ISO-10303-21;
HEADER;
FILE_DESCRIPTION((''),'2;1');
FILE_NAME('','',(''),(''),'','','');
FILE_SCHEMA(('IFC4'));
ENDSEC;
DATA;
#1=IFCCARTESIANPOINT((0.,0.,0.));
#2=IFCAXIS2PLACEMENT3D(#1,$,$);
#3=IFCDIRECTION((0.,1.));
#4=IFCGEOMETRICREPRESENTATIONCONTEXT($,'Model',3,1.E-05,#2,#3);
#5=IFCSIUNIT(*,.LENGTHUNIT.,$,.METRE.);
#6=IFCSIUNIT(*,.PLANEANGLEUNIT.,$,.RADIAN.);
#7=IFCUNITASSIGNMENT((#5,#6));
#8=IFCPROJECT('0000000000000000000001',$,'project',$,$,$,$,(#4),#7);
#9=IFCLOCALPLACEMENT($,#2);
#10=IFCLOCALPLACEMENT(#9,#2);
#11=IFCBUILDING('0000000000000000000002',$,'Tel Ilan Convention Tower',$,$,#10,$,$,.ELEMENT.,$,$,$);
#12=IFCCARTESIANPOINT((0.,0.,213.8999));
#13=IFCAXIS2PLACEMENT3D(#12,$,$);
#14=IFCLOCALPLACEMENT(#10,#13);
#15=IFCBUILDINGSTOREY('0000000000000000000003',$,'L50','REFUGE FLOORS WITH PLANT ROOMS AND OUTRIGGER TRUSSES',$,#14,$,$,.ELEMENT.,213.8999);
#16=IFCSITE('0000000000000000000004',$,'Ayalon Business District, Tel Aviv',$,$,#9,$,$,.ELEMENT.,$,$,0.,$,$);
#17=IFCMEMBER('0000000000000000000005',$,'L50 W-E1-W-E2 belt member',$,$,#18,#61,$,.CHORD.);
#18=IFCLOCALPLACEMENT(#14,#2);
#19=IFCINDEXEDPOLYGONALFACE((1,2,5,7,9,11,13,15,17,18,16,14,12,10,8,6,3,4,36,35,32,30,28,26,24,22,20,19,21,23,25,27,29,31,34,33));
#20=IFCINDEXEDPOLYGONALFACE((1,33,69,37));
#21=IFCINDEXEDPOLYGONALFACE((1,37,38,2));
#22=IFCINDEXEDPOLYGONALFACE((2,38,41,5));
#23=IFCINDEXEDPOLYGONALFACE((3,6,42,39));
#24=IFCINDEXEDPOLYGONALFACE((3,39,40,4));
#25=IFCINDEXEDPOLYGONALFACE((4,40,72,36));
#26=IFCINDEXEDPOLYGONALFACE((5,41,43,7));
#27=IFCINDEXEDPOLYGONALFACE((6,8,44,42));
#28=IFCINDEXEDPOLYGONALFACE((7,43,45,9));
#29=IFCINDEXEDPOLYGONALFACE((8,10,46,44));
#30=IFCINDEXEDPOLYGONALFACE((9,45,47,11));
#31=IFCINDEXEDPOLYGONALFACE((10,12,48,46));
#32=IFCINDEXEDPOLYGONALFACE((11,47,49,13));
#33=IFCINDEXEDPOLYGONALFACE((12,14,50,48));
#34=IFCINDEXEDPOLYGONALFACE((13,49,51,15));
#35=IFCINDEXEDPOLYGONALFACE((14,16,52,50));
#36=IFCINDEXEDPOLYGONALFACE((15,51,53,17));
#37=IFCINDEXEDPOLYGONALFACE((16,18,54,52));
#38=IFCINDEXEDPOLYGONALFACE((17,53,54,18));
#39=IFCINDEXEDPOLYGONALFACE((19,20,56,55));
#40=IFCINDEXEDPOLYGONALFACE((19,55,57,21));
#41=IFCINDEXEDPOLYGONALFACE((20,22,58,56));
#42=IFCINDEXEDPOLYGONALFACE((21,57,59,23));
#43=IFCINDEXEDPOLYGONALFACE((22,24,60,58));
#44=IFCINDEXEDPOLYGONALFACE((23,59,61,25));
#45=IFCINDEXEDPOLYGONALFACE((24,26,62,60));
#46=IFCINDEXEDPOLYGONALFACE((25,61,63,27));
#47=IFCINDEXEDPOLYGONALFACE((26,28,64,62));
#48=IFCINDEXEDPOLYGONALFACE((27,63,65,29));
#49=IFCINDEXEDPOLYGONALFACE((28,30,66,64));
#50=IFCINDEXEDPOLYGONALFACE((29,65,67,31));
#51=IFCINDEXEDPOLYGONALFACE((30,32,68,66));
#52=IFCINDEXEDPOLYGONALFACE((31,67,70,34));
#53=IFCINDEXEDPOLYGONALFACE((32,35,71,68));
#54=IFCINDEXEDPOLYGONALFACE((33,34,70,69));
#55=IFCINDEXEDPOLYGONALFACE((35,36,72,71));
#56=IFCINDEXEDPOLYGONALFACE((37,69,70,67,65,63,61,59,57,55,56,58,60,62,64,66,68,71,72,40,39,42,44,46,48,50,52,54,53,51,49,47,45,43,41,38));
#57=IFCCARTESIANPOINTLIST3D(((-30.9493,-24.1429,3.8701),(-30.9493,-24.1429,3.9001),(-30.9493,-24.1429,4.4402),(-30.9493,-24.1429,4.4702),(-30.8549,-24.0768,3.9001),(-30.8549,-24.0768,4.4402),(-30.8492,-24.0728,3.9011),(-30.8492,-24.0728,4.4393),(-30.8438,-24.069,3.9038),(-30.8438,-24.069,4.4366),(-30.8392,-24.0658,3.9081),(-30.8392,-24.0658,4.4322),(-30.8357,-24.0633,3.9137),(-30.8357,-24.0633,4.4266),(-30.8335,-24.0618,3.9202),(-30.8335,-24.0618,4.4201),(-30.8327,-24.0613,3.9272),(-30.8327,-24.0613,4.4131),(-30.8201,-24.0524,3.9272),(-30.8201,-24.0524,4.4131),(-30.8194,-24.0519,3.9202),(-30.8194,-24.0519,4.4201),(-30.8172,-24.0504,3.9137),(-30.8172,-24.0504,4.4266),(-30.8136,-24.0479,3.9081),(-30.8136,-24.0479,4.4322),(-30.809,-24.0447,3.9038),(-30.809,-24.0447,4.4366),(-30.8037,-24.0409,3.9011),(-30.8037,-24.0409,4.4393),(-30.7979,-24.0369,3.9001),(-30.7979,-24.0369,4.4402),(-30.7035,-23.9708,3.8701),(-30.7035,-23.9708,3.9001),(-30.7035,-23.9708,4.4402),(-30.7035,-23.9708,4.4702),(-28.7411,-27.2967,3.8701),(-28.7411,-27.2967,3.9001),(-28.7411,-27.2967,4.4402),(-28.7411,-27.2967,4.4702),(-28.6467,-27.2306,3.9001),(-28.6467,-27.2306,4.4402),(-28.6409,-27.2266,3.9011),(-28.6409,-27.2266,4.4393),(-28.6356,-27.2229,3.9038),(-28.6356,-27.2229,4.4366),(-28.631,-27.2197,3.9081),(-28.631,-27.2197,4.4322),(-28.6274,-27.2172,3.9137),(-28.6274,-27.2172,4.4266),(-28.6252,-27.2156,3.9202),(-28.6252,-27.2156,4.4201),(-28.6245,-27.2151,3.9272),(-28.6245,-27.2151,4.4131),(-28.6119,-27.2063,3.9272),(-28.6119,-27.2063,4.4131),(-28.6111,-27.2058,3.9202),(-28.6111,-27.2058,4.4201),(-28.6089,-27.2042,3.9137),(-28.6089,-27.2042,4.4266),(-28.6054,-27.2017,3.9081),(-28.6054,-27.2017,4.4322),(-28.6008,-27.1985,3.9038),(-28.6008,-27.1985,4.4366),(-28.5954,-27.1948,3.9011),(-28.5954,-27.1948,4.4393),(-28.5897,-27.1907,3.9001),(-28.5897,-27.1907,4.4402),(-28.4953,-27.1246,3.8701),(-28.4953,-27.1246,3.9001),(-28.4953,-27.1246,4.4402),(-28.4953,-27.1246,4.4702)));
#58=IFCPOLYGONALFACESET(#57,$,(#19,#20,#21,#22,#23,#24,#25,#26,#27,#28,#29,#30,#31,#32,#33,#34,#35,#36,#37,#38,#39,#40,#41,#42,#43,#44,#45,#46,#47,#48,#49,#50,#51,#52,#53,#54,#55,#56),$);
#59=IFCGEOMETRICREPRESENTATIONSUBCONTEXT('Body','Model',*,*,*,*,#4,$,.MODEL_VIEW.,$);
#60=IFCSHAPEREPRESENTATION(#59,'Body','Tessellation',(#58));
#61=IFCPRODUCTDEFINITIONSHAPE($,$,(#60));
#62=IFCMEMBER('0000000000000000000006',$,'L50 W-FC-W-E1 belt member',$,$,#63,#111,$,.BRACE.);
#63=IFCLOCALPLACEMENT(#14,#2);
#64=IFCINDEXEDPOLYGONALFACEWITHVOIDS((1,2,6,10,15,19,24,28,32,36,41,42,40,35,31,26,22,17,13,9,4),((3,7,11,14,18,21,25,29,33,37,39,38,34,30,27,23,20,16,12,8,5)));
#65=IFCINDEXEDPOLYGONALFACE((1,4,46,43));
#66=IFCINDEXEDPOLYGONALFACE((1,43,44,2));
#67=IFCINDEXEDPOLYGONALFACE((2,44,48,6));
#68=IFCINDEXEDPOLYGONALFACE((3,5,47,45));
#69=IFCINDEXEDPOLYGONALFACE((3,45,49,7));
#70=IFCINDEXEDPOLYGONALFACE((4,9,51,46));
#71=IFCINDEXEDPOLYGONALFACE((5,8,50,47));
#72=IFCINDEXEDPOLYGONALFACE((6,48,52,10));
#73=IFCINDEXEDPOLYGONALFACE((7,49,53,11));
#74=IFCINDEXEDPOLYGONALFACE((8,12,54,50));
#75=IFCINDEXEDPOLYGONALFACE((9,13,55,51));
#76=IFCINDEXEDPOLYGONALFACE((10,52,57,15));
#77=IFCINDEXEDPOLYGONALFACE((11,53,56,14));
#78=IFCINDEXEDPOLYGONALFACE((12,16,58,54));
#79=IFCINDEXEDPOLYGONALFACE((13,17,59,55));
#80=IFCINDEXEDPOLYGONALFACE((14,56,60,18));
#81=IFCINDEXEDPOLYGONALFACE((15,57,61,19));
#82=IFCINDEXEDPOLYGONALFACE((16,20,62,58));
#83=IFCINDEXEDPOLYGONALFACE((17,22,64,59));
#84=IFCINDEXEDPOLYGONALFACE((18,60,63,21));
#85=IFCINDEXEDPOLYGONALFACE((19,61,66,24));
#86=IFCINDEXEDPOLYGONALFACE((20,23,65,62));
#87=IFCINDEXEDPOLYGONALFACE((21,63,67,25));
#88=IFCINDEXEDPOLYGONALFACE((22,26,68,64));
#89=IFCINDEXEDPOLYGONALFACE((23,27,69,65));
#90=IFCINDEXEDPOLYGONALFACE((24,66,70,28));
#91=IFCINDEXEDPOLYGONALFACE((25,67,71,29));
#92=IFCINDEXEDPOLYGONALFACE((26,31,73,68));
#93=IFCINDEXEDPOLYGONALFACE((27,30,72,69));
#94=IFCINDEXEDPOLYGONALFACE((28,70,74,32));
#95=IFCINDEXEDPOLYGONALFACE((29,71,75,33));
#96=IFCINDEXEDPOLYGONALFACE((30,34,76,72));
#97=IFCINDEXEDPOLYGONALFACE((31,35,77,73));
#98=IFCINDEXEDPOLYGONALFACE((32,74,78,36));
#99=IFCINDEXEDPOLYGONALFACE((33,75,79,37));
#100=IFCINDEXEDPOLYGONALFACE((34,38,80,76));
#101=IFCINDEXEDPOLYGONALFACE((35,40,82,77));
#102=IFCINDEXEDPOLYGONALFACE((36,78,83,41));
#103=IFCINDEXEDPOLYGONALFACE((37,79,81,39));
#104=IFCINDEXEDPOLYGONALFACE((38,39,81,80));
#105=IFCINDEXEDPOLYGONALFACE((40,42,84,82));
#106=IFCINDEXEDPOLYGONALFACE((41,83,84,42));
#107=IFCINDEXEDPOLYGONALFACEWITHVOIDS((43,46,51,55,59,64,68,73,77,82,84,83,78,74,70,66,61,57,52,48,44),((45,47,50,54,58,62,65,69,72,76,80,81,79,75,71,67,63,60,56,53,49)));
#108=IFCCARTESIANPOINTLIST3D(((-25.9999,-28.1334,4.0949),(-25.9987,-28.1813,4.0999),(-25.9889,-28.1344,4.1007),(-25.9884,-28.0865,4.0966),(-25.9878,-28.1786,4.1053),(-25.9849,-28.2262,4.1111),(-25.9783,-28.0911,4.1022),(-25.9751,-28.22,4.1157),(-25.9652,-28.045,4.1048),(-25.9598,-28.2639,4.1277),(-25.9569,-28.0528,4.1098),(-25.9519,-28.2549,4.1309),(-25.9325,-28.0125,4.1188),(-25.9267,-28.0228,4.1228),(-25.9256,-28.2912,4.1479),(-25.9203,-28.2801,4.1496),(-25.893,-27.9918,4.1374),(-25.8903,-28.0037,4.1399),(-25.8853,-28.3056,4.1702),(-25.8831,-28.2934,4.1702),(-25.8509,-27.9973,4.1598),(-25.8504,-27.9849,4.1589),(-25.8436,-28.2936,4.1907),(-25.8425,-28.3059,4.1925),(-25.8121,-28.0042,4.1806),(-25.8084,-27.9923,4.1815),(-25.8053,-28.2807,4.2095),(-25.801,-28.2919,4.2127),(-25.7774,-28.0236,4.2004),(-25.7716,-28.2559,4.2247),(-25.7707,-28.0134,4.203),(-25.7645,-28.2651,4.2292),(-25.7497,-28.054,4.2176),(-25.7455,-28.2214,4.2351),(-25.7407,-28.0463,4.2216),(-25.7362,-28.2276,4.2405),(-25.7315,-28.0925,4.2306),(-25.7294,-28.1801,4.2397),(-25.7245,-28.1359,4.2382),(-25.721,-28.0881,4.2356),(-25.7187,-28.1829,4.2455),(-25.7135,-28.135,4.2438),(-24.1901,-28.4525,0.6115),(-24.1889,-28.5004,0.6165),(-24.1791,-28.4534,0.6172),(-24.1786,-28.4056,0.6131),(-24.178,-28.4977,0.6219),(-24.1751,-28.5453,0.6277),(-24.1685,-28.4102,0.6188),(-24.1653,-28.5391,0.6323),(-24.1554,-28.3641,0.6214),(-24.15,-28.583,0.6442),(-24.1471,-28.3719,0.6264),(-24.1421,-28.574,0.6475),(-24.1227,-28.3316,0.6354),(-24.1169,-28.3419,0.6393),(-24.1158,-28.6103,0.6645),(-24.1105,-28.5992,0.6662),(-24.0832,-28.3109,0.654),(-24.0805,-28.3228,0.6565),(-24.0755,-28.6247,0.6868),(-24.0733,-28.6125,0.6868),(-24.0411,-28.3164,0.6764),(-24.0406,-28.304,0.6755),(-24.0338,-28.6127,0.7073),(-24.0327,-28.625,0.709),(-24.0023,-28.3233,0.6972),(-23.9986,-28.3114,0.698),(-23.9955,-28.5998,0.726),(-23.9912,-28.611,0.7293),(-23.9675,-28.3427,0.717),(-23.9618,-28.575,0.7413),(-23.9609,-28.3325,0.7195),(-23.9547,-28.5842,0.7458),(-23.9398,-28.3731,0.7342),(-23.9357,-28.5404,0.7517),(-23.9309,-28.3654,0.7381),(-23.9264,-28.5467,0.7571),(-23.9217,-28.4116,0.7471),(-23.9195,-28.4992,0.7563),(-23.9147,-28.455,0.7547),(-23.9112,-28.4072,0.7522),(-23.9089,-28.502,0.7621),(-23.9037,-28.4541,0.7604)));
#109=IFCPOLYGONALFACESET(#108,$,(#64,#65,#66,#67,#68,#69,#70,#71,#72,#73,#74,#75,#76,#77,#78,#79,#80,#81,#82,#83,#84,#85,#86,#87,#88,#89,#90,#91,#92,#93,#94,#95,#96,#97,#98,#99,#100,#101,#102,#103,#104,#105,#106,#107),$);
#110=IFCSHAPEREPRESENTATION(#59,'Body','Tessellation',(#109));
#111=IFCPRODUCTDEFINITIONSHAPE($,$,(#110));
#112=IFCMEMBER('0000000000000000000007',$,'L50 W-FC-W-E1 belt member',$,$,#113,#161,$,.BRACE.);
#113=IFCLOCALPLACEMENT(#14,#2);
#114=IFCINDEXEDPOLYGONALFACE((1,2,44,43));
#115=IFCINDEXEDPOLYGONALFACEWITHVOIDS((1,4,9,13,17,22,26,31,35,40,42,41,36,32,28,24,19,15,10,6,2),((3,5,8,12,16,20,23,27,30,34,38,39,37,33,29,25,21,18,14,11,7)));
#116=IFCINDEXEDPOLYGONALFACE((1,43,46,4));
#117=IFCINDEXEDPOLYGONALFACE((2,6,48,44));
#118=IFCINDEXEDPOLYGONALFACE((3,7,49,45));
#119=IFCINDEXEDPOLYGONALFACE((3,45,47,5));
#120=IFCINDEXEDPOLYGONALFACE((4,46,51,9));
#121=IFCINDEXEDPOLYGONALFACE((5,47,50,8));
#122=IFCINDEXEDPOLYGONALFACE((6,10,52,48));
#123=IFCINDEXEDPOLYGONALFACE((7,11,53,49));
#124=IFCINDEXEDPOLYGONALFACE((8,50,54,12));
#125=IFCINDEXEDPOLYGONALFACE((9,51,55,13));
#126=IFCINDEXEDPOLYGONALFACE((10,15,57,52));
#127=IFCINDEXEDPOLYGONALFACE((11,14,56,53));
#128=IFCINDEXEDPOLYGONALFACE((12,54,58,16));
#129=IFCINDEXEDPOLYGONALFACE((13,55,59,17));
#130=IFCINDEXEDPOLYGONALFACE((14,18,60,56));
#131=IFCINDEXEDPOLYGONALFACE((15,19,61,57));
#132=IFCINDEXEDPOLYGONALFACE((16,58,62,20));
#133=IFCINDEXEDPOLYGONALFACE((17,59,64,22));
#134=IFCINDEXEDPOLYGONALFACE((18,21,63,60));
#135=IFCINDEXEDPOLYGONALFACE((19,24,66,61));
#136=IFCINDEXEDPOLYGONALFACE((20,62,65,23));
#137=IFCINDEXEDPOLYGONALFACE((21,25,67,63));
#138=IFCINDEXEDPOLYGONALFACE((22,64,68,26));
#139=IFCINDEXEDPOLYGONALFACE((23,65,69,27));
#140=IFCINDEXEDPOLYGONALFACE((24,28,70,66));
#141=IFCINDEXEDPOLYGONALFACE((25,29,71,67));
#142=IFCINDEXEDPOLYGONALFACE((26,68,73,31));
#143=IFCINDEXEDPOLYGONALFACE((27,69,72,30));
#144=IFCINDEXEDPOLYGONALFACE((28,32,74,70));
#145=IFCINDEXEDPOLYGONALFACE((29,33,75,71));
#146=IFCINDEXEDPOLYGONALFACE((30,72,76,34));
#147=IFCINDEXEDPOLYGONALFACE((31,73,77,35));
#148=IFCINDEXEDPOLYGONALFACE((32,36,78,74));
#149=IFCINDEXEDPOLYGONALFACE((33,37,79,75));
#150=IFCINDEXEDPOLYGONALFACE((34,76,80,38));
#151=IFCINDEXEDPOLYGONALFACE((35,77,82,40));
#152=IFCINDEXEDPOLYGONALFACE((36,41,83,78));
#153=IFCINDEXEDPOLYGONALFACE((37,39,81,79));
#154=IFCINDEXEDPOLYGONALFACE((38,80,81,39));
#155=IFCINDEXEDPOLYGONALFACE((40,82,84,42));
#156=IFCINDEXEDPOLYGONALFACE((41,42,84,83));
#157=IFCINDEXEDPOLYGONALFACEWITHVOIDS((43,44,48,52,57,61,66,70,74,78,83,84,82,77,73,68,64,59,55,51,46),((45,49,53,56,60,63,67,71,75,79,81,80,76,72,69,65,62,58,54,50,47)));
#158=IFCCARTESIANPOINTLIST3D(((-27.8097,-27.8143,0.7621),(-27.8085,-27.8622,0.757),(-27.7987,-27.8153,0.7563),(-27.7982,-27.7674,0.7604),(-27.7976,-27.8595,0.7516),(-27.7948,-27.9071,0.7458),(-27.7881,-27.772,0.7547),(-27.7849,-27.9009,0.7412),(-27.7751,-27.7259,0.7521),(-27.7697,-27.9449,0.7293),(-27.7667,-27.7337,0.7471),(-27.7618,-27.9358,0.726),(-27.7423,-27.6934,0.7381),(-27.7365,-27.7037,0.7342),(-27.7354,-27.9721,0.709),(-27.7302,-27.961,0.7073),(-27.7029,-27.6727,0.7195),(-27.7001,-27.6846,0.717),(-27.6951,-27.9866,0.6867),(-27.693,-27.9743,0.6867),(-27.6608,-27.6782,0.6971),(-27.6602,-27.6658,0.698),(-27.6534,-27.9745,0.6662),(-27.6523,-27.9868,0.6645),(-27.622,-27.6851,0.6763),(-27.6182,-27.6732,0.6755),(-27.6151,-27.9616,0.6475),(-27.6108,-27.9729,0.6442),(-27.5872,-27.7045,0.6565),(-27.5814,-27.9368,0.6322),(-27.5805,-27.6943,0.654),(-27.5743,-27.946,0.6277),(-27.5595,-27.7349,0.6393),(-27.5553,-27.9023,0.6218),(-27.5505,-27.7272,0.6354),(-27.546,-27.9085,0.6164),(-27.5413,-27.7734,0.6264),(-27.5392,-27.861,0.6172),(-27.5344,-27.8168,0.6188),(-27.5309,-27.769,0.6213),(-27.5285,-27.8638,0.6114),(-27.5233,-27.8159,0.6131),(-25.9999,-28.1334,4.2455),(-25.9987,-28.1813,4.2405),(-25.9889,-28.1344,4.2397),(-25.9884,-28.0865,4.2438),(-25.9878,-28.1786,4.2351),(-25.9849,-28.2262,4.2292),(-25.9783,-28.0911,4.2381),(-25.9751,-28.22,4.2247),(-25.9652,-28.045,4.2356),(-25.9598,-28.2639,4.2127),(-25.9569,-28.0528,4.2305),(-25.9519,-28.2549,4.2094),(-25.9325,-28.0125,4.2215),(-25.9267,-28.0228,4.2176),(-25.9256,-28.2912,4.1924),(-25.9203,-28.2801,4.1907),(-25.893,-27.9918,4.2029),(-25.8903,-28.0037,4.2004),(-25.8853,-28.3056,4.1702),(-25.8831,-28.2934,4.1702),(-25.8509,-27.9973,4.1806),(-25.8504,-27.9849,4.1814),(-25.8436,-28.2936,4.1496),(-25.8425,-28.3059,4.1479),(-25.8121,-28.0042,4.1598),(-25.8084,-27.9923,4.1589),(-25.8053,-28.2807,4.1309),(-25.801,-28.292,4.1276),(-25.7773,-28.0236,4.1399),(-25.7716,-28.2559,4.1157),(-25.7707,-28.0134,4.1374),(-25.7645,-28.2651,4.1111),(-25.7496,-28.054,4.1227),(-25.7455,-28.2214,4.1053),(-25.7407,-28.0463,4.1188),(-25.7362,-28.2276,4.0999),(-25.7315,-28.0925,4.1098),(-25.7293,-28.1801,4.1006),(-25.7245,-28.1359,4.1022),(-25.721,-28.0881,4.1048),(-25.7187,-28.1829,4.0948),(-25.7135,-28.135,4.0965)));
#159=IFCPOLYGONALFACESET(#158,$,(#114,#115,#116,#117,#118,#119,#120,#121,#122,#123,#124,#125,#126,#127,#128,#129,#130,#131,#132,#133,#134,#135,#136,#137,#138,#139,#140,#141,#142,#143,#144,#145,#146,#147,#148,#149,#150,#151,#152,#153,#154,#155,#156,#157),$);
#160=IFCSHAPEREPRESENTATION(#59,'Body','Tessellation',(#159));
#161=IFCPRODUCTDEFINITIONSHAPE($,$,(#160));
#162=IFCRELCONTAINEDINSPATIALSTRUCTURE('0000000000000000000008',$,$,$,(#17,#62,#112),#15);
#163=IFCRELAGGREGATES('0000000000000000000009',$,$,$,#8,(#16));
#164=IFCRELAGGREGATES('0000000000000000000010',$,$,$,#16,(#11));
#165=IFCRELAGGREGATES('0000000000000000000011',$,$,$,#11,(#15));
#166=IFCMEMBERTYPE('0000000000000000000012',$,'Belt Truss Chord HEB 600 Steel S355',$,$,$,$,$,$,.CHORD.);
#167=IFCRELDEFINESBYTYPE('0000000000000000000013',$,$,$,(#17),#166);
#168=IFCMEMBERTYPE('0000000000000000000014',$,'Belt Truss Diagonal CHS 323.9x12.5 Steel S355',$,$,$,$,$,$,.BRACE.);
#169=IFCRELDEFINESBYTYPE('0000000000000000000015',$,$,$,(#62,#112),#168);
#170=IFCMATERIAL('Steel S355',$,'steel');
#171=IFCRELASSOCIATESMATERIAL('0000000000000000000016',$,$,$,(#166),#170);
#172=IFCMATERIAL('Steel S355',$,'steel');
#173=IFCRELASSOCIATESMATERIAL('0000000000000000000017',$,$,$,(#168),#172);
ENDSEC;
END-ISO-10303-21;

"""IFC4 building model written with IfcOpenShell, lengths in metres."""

from ifc_helpers import new_model, si_unit, direction, frame, origin, origin_2d, place, context, subcontext, project, spatial, hollow_circle, i_section, extrude, material, material_profile, profile_set, type_object, element, save


model = new_model("IFC4")

# Units and contexts
model_context = context("Model", 3, precision=1e-05, world=origin(), true_north=direction((0.0, 1.0)))
body_context = subcontext(model_context, "Body", "Model", "MODEL_VIEW")
ifc_project = project(units=[si_unit("LENGTHUNIT", "METRE"), si_unit("PLANEANGLEUNIT", "RADIAN")], contexts=[model_context])

# Site, building, storey
site_placement = place(None, origin())
site = spatial("IfcSite", under=ifc_project, at=site_placement, Name="Ayalon Business District, Tel Aviv", CompositionType="ELEMENT", RefElevation=0.0)
building_placement = place(site_placement, origin())
building = spatial("IfcBuilding", under=site, at=building_placement, Name="Tel Ilan Convention Tower", CompositionType="ELEMENT")
storey_placement = place(building_placement, frame((0.0, 0.0, 213.8999)))
storey = spatial("IfcBuildingStorey", under=building, at=storey_placement, Name="L50", Description="REFUGE FLOORS WITH PLANT ROOMS AND OUTRIGGER TRUSSES", CompositionType="ELEMENT", Elevation=213.8999)

# Members
ifc_material_1 = material(Name="Steel S355", Category="steel")
ifc_material_profile_1 = material_profile(ifc_material_1, i_section(OverallWidth=0.3, OverallDepth=0.6001, WebThickness=0.0154, FlangeThickness=0.03, FilletRadius=0.0271, at=origin_2d()), Name="HEB 600")
ifc_profile_set_1 = profile_set([ifc_material_profile_1], Name="Steel S355")
member_type_1 = type_object("IfcMemberType", Name="Belt Truss Chord HEB 600 Steel S355", PredefinedType="CHORD", material=ifc_profile_set_1)
for number, where, z_axis, x_axis, name in (
    (1, (-28.6182, -27.2107, 4.1702), (-0.573564, 0.81916, 0.0), (-0.81916, -0.573564, 0.0), "L50 W-E1-W-E2 belt member"),
):
    element("IfcMember", number, at=place(storey_placement, frame(where, z_axis=z_axis, x_axis=x_axis)), inside=storey, type_object=member_type_1, Name=name, PredefinedType="CHORD", context=body_context, shape_type="SweptSolid", body=[
        extrude(i_section(OverallWidth=0.3, OverallDepth=0.6001, WebThickness=0.0154, FlangeThickness=0.03, FilletRadius=0.0271, at=origin_2d()), origin(), (0.0, 0.0, 1.0), 3.8501),
    ])
ifc_material_2 = material(Name="Steel S355", Category="steel")
ifc_material_profile_2 = material_profile(ifc_material_2, hollow_circle(Radius=0.1619, WallThickness=0.0125, at=origin_2d()), Name="CHS 323.9x12.5")
ifc_profile_set_2 = profile_set([ifc_material_profile_2], Name="Steel S355")
member_type_2 = type_object("IfcMemberType", Name="Belt Truss Diagonal CHS 323.9x12.5 Steel S355", PredefinedType="BRACE", material=ifc_profile_set_2)
for number, where, z_axis, x_axis, name in (
    (2, (-24.0474, -28.4653, 0.6868), (-0.459526, 0.08102, 0.884461), (-0.173634, -0.98481, 0.0), "L50 W-FC-W-E1 belt member"),
    (3, (-25.8572, -28.1462, 4.1702), (-0.459526, 0.08102, -0.884461), (-0.173634, -0.98481, 0.0), "L50 W-FC-W-E1 belt member"),
):
    element("IfcMember", number, at=place(storey_placement, frame(where, z_axis=z_axis, x_axis=x_axis)), inside=storey, type_object=member_type_2, Name=name, PredefinedType="BRACE", context=body_context, shape_type="SweptSolid", body=[
        extrude(hollow_circle(Radius=0.1619, WallThickness=0.0125, at=origin_2d()), origin(), (0.0, 0.0, 1.0), 3.9385),
    ])

save(model, "model.ifc")
